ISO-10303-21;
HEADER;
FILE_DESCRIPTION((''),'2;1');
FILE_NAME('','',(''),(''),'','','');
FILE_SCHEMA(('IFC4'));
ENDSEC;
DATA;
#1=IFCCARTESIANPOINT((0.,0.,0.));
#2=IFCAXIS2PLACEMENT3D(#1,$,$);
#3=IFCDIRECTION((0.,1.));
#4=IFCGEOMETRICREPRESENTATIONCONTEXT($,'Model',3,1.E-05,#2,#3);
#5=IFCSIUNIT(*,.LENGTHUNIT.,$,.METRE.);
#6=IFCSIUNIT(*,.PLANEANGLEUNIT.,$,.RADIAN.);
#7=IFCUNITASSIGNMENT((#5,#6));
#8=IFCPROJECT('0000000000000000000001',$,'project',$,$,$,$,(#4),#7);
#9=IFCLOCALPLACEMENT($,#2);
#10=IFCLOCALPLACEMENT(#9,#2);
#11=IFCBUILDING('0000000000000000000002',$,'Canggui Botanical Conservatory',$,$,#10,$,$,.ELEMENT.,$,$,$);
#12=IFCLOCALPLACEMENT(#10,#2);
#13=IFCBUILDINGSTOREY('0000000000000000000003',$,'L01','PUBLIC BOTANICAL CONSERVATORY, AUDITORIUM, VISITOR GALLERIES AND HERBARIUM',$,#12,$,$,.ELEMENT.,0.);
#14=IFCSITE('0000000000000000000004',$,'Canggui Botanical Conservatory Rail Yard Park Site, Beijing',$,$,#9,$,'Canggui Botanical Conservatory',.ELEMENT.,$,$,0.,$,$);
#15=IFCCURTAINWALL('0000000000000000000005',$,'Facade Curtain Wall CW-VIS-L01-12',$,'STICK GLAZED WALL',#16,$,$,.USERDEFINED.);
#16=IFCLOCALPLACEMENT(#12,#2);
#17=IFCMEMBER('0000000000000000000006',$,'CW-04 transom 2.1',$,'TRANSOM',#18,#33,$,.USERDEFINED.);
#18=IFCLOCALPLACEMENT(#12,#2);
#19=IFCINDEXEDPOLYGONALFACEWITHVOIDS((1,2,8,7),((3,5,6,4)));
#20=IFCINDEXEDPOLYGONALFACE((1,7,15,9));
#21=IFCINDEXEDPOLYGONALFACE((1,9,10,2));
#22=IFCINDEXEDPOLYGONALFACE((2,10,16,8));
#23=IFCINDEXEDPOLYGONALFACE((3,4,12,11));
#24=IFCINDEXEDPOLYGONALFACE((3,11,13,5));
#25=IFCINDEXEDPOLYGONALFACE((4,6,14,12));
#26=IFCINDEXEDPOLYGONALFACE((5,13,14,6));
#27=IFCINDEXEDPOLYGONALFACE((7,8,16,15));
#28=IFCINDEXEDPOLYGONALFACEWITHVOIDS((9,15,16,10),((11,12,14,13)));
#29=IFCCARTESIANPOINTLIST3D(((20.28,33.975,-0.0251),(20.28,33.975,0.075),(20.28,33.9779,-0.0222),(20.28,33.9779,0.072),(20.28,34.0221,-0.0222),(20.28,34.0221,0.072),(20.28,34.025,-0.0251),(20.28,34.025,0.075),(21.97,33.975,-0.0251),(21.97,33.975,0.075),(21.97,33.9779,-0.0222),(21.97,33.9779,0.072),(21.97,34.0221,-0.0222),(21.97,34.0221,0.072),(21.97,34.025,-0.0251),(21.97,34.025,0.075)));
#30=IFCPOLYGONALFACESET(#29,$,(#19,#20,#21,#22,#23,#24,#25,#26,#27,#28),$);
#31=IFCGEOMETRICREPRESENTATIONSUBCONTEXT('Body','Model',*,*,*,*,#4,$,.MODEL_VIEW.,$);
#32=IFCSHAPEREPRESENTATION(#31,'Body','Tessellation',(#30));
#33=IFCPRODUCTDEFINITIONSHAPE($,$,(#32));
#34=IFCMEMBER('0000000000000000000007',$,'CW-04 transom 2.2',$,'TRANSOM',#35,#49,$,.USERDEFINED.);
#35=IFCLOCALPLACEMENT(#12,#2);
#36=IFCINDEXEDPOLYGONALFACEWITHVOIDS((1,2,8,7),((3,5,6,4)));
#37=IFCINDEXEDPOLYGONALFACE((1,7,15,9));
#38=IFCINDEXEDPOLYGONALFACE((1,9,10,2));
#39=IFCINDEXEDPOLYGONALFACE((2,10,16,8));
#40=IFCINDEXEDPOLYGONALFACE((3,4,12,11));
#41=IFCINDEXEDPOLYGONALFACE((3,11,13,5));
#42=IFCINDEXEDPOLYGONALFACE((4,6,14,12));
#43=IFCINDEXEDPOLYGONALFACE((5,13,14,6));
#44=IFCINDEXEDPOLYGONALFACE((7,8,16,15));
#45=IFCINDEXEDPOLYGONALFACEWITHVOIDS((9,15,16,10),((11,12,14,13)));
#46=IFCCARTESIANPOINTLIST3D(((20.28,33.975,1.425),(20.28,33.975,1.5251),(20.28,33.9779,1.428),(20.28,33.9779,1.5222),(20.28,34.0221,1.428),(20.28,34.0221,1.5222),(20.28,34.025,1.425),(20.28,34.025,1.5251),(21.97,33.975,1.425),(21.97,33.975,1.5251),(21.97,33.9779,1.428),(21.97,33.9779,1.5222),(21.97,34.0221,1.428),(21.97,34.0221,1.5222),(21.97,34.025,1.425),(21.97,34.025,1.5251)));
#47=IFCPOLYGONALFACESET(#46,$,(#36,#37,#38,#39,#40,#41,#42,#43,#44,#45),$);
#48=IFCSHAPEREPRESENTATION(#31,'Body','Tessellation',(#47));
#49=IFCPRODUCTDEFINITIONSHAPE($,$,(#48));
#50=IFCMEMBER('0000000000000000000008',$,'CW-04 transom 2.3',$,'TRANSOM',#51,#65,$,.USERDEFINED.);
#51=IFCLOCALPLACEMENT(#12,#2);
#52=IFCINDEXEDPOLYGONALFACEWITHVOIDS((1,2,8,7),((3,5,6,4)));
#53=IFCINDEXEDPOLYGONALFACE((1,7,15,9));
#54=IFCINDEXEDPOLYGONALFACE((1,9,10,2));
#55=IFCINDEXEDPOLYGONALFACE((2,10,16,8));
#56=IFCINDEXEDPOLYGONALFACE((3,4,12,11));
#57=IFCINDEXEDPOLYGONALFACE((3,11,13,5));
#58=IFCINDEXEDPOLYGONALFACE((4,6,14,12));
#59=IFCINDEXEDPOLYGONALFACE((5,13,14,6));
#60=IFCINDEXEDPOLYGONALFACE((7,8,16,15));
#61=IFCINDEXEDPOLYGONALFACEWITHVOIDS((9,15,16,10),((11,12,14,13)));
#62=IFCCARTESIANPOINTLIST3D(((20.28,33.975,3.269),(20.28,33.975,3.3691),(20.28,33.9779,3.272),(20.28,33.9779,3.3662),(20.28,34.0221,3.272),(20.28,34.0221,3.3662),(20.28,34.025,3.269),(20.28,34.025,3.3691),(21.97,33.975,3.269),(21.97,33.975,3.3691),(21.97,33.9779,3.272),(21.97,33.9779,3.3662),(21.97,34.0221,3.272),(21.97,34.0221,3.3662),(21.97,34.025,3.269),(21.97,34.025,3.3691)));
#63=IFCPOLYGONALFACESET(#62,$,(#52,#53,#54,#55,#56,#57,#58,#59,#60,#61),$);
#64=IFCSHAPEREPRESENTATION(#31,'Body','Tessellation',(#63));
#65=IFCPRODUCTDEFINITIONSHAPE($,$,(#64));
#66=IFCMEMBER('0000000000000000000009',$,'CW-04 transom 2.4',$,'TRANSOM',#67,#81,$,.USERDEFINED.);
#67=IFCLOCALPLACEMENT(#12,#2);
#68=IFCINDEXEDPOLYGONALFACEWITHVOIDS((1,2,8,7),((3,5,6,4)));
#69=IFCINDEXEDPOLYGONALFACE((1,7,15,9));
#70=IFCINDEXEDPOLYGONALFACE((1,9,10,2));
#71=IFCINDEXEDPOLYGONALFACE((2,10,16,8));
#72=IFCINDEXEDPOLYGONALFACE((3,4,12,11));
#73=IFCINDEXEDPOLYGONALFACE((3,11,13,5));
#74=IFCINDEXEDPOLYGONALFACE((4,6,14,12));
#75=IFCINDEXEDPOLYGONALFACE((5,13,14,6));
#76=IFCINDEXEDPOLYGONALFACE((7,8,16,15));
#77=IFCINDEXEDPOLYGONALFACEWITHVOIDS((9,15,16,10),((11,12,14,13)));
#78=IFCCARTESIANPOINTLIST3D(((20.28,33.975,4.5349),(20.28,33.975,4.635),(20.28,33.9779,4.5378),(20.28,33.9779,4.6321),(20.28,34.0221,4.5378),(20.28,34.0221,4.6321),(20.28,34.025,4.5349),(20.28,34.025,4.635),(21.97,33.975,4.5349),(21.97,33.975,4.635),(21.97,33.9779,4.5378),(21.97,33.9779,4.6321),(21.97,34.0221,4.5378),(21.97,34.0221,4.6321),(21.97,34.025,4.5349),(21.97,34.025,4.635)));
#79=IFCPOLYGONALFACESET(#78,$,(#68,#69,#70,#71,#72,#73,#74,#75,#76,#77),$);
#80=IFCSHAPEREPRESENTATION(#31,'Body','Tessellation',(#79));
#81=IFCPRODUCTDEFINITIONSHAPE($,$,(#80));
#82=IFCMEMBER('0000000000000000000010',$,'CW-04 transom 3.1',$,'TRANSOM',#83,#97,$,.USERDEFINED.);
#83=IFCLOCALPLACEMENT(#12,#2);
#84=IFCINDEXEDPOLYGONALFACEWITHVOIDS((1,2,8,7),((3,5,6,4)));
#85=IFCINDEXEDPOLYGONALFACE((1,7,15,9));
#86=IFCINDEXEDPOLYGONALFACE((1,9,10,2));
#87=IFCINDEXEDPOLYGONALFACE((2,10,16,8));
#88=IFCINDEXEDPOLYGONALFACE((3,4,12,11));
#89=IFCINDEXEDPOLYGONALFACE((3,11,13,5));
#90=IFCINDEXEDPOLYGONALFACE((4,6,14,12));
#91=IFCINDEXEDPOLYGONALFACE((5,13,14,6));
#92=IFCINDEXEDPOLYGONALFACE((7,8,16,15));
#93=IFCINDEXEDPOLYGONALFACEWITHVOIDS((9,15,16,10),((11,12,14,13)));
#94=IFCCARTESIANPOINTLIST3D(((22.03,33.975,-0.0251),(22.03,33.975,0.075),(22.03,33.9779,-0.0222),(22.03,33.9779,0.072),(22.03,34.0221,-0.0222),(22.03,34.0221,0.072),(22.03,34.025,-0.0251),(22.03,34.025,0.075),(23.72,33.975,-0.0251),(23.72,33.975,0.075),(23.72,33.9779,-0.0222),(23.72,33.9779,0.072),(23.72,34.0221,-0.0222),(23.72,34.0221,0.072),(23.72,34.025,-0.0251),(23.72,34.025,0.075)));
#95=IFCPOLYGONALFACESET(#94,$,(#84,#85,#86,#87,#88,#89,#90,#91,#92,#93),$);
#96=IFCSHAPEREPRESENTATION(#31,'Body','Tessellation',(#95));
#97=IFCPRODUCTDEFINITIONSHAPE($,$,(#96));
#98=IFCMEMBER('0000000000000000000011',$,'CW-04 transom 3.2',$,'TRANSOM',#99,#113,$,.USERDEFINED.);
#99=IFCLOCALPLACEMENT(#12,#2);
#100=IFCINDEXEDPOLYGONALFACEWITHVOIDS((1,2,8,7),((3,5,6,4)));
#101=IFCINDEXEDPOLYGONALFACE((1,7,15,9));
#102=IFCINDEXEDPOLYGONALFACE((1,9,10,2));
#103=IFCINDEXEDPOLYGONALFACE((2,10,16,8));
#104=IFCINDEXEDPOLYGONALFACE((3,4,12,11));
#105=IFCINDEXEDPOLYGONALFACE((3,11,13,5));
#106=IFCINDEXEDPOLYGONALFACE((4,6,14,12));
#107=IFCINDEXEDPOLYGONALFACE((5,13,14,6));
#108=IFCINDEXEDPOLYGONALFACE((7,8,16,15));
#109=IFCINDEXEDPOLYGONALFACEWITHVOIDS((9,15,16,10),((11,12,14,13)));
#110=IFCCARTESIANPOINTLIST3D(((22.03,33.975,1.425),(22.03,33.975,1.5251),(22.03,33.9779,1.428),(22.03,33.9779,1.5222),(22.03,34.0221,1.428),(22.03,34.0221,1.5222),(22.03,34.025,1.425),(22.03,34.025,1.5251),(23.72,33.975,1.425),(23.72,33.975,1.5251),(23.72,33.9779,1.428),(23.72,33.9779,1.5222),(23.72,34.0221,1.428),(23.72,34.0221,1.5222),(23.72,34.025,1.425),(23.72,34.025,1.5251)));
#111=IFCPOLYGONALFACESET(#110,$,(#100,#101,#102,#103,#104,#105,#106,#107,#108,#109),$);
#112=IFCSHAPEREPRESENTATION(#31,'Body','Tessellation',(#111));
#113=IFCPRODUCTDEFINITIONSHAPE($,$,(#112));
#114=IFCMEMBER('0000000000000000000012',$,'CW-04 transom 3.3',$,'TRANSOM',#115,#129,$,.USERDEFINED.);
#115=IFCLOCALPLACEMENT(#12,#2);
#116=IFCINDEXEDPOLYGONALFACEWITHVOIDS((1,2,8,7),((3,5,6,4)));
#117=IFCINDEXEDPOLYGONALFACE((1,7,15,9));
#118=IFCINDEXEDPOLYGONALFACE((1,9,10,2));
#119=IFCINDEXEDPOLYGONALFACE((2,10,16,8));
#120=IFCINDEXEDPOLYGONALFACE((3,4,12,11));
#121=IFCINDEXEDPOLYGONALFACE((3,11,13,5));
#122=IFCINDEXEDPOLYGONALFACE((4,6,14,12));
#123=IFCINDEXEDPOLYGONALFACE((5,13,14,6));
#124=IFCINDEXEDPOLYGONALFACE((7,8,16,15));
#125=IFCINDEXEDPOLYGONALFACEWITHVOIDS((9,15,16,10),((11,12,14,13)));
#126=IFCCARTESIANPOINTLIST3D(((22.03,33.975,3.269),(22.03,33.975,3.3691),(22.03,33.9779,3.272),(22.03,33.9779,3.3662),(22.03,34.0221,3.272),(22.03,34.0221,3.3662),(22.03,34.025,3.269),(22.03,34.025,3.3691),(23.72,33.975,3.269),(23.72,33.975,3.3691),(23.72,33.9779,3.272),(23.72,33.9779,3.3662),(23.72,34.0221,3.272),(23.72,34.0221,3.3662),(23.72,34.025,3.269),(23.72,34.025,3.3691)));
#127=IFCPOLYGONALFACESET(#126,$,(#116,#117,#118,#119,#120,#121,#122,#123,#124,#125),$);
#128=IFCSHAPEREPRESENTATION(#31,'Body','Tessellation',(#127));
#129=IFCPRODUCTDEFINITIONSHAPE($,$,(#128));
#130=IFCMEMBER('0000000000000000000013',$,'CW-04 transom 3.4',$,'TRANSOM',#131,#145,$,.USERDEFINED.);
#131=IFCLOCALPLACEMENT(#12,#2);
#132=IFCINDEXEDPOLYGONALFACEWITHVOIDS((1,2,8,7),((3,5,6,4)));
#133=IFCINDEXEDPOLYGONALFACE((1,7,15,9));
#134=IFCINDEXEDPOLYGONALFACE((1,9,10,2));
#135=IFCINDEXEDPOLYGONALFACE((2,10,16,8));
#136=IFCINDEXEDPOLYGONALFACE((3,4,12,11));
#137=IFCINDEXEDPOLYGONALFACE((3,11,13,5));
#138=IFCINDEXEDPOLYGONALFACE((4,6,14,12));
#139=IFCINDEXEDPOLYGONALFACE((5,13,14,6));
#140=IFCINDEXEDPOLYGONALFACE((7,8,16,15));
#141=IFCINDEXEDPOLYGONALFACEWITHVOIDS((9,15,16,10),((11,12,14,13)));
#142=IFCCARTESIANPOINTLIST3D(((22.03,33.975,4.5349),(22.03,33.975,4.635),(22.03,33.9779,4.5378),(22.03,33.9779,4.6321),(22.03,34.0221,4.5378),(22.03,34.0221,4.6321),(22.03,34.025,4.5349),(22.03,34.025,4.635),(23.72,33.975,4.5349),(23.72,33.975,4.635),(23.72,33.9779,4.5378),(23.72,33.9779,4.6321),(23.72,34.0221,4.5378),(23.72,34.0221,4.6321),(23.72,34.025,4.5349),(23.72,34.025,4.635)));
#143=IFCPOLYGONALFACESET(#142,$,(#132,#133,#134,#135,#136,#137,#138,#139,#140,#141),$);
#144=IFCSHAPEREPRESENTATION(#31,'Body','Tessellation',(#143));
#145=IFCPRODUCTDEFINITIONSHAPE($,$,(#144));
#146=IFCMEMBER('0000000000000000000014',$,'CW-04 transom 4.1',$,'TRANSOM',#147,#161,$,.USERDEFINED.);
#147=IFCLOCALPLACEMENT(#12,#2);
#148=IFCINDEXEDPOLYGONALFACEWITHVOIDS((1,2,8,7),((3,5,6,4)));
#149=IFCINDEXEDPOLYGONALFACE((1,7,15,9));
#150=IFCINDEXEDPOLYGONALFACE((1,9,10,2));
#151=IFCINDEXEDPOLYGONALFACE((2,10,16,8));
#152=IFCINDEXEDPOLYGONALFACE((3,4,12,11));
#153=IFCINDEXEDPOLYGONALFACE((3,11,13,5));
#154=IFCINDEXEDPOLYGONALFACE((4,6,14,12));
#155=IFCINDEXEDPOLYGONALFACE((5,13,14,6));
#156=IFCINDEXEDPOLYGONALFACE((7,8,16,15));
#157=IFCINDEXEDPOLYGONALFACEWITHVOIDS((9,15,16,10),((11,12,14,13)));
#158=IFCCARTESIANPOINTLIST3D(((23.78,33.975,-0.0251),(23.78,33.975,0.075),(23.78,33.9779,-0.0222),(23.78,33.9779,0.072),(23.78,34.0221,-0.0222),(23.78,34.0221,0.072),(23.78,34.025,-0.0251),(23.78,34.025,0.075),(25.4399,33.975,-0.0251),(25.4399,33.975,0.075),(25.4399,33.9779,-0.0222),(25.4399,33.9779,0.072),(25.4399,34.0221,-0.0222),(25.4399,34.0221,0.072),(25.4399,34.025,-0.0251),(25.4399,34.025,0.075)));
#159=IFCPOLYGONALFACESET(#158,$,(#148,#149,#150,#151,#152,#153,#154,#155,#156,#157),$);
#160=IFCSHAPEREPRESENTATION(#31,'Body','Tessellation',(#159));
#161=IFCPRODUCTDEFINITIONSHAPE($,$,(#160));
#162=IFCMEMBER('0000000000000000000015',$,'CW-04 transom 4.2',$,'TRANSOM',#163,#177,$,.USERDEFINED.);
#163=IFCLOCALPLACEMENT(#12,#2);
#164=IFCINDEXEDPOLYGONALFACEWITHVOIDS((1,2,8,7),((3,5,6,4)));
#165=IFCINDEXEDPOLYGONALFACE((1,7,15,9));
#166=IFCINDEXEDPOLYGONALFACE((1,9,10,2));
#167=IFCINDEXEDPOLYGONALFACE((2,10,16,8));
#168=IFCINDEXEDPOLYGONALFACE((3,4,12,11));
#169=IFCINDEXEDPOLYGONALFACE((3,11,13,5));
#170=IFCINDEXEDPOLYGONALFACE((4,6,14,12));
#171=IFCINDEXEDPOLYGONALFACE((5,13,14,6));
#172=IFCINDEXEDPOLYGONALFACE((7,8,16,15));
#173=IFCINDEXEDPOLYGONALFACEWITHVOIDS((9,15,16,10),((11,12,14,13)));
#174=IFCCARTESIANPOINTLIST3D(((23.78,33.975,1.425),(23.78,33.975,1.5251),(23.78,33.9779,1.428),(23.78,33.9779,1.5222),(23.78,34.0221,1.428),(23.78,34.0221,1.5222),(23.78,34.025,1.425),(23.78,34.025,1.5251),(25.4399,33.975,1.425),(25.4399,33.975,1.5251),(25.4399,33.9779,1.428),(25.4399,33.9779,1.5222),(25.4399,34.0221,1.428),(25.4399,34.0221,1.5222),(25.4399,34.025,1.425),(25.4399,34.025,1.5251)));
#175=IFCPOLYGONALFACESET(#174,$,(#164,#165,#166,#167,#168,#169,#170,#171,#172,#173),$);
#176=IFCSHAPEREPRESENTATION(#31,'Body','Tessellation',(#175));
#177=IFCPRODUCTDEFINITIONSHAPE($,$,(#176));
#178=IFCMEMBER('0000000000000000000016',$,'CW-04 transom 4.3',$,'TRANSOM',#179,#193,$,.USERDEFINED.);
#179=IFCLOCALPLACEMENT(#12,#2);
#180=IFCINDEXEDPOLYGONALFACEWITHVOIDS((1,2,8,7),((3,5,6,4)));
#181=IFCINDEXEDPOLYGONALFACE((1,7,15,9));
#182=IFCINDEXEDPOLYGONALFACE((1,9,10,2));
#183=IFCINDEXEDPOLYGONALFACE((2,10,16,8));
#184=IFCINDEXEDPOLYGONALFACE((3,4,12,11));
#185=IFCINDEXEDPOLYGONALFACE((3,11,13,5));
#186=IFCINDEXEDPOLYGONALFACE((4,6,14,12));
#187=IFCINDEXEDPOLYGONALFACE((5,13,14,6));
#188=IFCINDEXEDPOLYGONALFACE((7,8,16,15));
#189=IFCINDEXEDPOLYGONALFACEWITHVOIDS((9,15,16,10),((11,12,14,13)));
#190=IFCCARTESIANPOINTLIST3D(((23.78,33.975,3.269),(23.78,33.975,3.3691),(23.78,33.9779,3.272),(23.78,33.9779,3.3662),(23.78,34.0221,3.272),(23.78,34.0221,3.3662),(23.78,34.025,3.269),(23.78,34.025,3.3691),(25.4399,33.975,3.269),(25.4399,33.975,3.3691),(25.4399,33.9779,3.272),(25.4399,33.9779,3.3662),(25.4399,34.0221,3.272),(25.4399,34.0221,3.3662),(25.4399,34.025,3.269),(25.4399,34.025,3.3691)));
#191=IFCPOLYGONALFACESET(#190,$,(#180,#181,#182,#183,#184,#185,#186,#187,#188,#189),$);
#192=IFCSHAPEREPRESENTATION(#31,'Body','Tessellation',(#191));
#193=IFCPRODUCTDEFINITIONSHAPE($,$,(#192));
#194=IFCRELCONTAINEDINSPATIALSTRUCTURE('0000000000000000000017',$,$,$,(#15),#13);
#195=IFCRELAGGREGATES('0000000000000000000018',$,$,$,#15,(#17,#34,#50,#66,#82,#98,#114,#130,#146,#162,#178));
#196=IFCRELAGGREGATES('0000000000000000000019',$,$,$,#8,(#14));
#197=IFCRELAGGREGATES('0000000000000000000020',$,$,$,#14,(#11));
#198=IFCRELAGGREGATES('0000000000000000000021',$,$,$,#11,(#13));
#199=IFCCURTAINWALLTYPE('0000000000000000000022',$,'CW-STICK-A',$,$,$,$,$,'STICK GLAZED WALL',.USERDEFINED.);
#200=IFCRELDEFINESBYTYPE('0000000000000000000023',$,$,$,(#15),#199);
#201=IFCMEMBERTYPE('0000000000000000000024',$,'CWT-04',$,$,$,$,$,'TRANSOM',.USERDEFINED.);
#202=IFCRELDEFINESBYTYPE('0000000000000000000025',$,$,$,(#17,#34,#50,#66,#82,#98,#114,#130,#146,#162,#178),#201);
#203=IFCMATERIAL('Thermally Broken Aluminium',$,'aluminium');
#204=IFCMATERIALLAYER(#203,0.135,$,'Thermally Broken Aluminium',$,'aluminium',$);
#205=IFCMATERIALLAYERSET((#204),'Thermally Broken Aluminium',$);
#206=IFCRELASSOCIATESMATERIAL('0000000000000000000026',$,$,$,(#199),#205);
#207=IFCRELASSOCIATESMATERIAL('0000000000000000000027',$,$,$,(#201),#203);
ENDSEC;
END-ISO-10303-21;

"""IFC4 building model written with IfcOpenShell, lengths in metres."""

from ifc_helpers import new_model, si_unit, direction, frame, origin, origin_2d, place, context, subcontext, project, spatial, hollow_rectangle, extrude, material, layer, layer_set, material_profile, profile_set, type_object, element, aggregate, save


model = new_model("IFC4")

# Units and contexts
model_context = context("Model", 3, precision=1e-05, world=origin(), true_north=direction((0.0, 1.0)))
body_context = subcontext(model_context, "Body", "Model", "MODEL_VIEW")
ifc_project = project(units=[si_unit("LENGTHUNIT", "METRE"), si_unit("PLANEANGLEUNIT", "RADIAN")], contexts=[model_context])

# Site, building, storey
site_placement = place(None, origin())
site = spatial("IfcSite", under=ifc_project, at=site_placement, Name="Canggui Botanical Conservatory Rail Yard Park Site, Beijing", LongName="Canggui Botanical Conservatory", CompositionType="ELEMENT", RefElevation=0.0)
building_placement = place(site_placement, origin())
building = spatial("IfcBuilding", under=site, at=building_placement, Name="Canggui Botanical Conservatory", CompositionType="ELEMENT")
storey_placement = place(building_placement, origin())
storey = spatial("IfcBuildingStorey", under=building, at=storey_placement, Name="L01", Description="PUBLIC BOTANICAL CONSERVATORY, AUDITORIUM, VISITOR GALLERIES AND HERBARIUM", CompositionType="ELEMENT", Elevation=0.0)

# Curtain wall, members
ifc_material_1 = material(Name="Thermally Broken Aluminium", Category="aluminium")
ifc_layer_1 = layer(ifc_material_1, 0.135, Name="Thermally Broken Aluminium", Category="aluminium")
ifc_layer_set_1 = layer_set([ifc_layer_1], Name="Thermally Broken Aluminium")
curtain_wall_type = type_object("IfcCurtainWallType", Name="CW-STICK-A", ElementType="STICK GLAZED WALL", PredefinedType="USERDEFINED", material=ifc_layer_set_1)
curtain_wall_placement = place(storey_placement, origin())
curtain_wall = element("IfcCurtainWall", 1, at=curtain_wall_placement, inside=storey, type_object=curtain_wall_type, Name="Facade Curtain Wall CW-VIS-L01-12", ObjectType="STICK GLAZED WALL", PredefinedType="USERDEFINED")
ifc_material_profile_1 = material_profile(ifc_material_1, hollow_rectangle(XDim=0.05, YDim=0.1001, WallThickness=0.0029, at=origin_2d()), Name="CWT 50x100x3")
ifc_profile_set_1 = profile_set([ifc_material_profile_1], Name="Thermally Broken Aluminium")
member_type_1 = type_object("IfcMemberType", Name="CWT-04", ElementType="TRANSOM", PredefinedType="USERDEFINED", material=ifc_profile_set_1)
member_1_placement = place(storey_placement, frame((20.28, 34.0, 0.0249), z_axis=(1.0, 0.0, 0.0), x_axis=(0.0, 1.0, 0.0)))
member_1 = element("IfcMember", 2, at=member_1_placement, type_object=member_type_1, Name="CW-04 transom 2.1", ObjectType="TRANSOM", PredefinedType="USERDEFINED", context=body_context, shape_type="SweptSolid", body=[
    extrude(hollow_rectangle(XDim=0.05, YDim=0.1001, WallThickness=0.0029, at=origin_2d()), origin(), (0.0, 0.0, 1.0), 1.6899),
])
member_2_placement = place(storey_placement, frame((20.28, 34.0, 1.4751), z_axis=(1.0, 0.0, 0.0), x_axis=(0.0, 1.0, 0.0)))
member_2 = element("IfcMember", 3, at=member_2_placement, type_object=member_type_1, Name="CW-04 transom 2.2", ObjectType="TRANSOM", PredefinedType="USERDEFINED", context=body_context, shape_type="SweptSolid", body=[
    extrude(hollow_rectangle(XDim=0.05, YDim=0.1001, WallThickness=0.0029, at=origin_2d()), origin(), (0.0, 0.0, 1.0), 1.6899),
])
member_3_placement = place(storey_placement, frame((20.28, 34.0, 3.3191), z_axis=(1.0, 0.0, 0.0), x_axis=(0.0, 1.0, 0.0)))
member_3 = element("IfcMember", 4, at=member_3_placement, type_object=member_type_1, Name="CW-04 transom 2.3", ObjectType="TRANSOM", PredefinedType="USERDEFINED", context=body_context, shape_type="SweptSolid", body=[
    extrude(hollow_rectangle(XDim=0.05, YDim=0.1001, WallThickness=0.0029, at=origin_2d()), origin(), (0.0, 0.0, 1.0), 1.6899),
])
member_4_placement = place(storey_placement, frame((20.28, 34.0, 4.585), z_axis=(1.0, 0.0, 0.0), x_axis=(0.0, 1.0, 0.0)))
member_4 = element("IfcMember", 5, at=member_4_placement, type_object=member_type_1, Name="CW-04 transom 2.4", ObjectType="TRANSOM", PredefinedType="USERDEFINED", context=body_context, shape_type="SweptSolid", body=[
    extrude(hollow_rectangle(XDim=0.05, YDim=0.1001, WallThickness=0.0029, at=origin_2d()), origin(), (0.0, 0.0, 1.0), 1.6899),
])
member_5_placement = place(storey_placement, frame((22.03, 34.0, 0.0249), z_axis=(1.0, 0.0, 0.0), x_axis=(0.0, 1.0, 0.0)))
member_5 = element("IfcMember", 6, at=member_5_placement, type_object=member_type_1, Name="CW-04 transom 3.1", ObjectType="TRANSOM", PredefinedType="USERDEFINED", context=body_context, shape_type="SweptSolid", body=[
    extrude(hollow_rectangle(XDim=0.05, YDim=0.1001, WallThickness=0.0029, at=origin_2d()), origin(), (0.0, 0.0, 1.0), 1.6899),
])
member_6_placement = place(storey_placement, frame((22.03, 34.0, 1.4751), z_axis=(1.0, 0.0, 0.0), x_axis=(0.0, 1.0, 0.0)))
member_6 = element("IfcMember", 7, at=member_6_placement, type_object=member_type_1, Name="CW-04 transom 3.2", ObjectType="TRANSOM", PredefinedType="USERDEFINED", context=body_context, shape_type="SweptSolid", body=[
    extrude(hollow_rectangle(XDim=0.05, YDim=0.1001, WallThickness=0.0029, at=origin_2d()), origin(), (0.0, 0.0, 1.0), 1.6899),
])
member_7_placement = place(storey_placement, frame((22.03, 34.0, 3.3191), z_axis=(1.0, 0.0, 0.0), x_axis=(0.0, 1.0, 0.0)))
member_7 = element("IfcMember", 8, at=member_7_placement, type_object=member_type_1, Name="CW-04 transom 3.3", ObjectType="TRANSOM", PredefinedType="USERDEFINED", context=body_context, shape_type="SweptSolid", body=[
    extrude(hollow_rectangle(XDim=0.05, YDim=0.1001, WallThickness=0.0029, at=origin_2d()), origin(), (0.0, 0.0, 1.0), 1.6899),
])
member_8_placement = place(storey_placement, frame((22.03, 34.0, 4.585), z_axis=(1.0, 0.0, 0.0), x_axis=(0.0, 1.0, 0.0)))
member_8 = element("IfcMember", 9, at=member_8_placement, type_object=member_type_1, Name="CW-04 transom 3.4", ObjectType="TRANSOM", PredefinedType="USERDEFINED", context=body_context, shape_type="SweptSolid", body=[
    extrude(hollow_rectangle(XDim=0.05, YDim=0.1001, WallThickness=0.0029, at=origin_2d()), origin(), (0.0, 0.0, 1.0), 1.6899),
])
member_9_placement = place(storey_placement, frame((23.78, 34.0, 0.0249), z_axis=(1.0, 0.0, 0.0), x_axis=(0.0, 1.0, 0.0)))
member_9 = element("IfcMember", 10, at=member_9_placement, type_object=member_type_1, Name="CW-04 transom 4.1", ObjectType="TRANSOM", PredefinedType="USERDEFINED", context=body_context, shape_type="SweptSolid", body=[
    extrude(hollow_rectangle(XDim=0.05, YDim=0.1001, WallThickness=0.0029, at=origin_2d()), origin(), (0.0, 0.0, 1.0), 1.6599),
])
member_10_placement = place(storey_placement, frame((23.78, 34.0, 1.4751), z_axis=(1.0, 0.0, 0.0), x_axis=(0.0, 1.0, 0.0)))
member_10 = element("IfcMember", 11, at=member_10_placement, type_object=member_type_1, Name="CW-04 transom 4.2", ObjectType="TRANSOM", PredefinedType="USERDEFINED", context=body_context, shape_type="SweptSolid", body=[
    extrude(hollow_rectangle(XDim=0.05, YDim=0.1001, WallThickness=0.0029, at=origin_2d()), origin(), (0.0, 0.0, 1.0), 1.6599),
])
member_11_placement = place(storey_placement, frame((23.78, 34.0, 3.3191), z_axis=(1.0, 0.0, 0.0), x_axis=(0.0, 1.0, 0.0)))
member_11 = element("IfcMember", 12, at=member_11_placement, type_object=member_type_1, Name="CW-04 transom 4.3", ObjectType="TRANSOM", PredefinedType="USERDEFINED", context=body_context, shape_type="SweptSolid", body=[
    extrude(hollow_rectangle(XDim=0.05, YDim=0.1001, WallThickness=0.0029, at=origin_2d()), origin(), (0.0, 0.0, 1.0), 1.6599),
])
aggregate(curtain_wall, [member_1, member_2, member_3, member_4, member_5, member_6, member_7, member_8, member_9, member_10, member_11])

save(model, "model.ifc")
